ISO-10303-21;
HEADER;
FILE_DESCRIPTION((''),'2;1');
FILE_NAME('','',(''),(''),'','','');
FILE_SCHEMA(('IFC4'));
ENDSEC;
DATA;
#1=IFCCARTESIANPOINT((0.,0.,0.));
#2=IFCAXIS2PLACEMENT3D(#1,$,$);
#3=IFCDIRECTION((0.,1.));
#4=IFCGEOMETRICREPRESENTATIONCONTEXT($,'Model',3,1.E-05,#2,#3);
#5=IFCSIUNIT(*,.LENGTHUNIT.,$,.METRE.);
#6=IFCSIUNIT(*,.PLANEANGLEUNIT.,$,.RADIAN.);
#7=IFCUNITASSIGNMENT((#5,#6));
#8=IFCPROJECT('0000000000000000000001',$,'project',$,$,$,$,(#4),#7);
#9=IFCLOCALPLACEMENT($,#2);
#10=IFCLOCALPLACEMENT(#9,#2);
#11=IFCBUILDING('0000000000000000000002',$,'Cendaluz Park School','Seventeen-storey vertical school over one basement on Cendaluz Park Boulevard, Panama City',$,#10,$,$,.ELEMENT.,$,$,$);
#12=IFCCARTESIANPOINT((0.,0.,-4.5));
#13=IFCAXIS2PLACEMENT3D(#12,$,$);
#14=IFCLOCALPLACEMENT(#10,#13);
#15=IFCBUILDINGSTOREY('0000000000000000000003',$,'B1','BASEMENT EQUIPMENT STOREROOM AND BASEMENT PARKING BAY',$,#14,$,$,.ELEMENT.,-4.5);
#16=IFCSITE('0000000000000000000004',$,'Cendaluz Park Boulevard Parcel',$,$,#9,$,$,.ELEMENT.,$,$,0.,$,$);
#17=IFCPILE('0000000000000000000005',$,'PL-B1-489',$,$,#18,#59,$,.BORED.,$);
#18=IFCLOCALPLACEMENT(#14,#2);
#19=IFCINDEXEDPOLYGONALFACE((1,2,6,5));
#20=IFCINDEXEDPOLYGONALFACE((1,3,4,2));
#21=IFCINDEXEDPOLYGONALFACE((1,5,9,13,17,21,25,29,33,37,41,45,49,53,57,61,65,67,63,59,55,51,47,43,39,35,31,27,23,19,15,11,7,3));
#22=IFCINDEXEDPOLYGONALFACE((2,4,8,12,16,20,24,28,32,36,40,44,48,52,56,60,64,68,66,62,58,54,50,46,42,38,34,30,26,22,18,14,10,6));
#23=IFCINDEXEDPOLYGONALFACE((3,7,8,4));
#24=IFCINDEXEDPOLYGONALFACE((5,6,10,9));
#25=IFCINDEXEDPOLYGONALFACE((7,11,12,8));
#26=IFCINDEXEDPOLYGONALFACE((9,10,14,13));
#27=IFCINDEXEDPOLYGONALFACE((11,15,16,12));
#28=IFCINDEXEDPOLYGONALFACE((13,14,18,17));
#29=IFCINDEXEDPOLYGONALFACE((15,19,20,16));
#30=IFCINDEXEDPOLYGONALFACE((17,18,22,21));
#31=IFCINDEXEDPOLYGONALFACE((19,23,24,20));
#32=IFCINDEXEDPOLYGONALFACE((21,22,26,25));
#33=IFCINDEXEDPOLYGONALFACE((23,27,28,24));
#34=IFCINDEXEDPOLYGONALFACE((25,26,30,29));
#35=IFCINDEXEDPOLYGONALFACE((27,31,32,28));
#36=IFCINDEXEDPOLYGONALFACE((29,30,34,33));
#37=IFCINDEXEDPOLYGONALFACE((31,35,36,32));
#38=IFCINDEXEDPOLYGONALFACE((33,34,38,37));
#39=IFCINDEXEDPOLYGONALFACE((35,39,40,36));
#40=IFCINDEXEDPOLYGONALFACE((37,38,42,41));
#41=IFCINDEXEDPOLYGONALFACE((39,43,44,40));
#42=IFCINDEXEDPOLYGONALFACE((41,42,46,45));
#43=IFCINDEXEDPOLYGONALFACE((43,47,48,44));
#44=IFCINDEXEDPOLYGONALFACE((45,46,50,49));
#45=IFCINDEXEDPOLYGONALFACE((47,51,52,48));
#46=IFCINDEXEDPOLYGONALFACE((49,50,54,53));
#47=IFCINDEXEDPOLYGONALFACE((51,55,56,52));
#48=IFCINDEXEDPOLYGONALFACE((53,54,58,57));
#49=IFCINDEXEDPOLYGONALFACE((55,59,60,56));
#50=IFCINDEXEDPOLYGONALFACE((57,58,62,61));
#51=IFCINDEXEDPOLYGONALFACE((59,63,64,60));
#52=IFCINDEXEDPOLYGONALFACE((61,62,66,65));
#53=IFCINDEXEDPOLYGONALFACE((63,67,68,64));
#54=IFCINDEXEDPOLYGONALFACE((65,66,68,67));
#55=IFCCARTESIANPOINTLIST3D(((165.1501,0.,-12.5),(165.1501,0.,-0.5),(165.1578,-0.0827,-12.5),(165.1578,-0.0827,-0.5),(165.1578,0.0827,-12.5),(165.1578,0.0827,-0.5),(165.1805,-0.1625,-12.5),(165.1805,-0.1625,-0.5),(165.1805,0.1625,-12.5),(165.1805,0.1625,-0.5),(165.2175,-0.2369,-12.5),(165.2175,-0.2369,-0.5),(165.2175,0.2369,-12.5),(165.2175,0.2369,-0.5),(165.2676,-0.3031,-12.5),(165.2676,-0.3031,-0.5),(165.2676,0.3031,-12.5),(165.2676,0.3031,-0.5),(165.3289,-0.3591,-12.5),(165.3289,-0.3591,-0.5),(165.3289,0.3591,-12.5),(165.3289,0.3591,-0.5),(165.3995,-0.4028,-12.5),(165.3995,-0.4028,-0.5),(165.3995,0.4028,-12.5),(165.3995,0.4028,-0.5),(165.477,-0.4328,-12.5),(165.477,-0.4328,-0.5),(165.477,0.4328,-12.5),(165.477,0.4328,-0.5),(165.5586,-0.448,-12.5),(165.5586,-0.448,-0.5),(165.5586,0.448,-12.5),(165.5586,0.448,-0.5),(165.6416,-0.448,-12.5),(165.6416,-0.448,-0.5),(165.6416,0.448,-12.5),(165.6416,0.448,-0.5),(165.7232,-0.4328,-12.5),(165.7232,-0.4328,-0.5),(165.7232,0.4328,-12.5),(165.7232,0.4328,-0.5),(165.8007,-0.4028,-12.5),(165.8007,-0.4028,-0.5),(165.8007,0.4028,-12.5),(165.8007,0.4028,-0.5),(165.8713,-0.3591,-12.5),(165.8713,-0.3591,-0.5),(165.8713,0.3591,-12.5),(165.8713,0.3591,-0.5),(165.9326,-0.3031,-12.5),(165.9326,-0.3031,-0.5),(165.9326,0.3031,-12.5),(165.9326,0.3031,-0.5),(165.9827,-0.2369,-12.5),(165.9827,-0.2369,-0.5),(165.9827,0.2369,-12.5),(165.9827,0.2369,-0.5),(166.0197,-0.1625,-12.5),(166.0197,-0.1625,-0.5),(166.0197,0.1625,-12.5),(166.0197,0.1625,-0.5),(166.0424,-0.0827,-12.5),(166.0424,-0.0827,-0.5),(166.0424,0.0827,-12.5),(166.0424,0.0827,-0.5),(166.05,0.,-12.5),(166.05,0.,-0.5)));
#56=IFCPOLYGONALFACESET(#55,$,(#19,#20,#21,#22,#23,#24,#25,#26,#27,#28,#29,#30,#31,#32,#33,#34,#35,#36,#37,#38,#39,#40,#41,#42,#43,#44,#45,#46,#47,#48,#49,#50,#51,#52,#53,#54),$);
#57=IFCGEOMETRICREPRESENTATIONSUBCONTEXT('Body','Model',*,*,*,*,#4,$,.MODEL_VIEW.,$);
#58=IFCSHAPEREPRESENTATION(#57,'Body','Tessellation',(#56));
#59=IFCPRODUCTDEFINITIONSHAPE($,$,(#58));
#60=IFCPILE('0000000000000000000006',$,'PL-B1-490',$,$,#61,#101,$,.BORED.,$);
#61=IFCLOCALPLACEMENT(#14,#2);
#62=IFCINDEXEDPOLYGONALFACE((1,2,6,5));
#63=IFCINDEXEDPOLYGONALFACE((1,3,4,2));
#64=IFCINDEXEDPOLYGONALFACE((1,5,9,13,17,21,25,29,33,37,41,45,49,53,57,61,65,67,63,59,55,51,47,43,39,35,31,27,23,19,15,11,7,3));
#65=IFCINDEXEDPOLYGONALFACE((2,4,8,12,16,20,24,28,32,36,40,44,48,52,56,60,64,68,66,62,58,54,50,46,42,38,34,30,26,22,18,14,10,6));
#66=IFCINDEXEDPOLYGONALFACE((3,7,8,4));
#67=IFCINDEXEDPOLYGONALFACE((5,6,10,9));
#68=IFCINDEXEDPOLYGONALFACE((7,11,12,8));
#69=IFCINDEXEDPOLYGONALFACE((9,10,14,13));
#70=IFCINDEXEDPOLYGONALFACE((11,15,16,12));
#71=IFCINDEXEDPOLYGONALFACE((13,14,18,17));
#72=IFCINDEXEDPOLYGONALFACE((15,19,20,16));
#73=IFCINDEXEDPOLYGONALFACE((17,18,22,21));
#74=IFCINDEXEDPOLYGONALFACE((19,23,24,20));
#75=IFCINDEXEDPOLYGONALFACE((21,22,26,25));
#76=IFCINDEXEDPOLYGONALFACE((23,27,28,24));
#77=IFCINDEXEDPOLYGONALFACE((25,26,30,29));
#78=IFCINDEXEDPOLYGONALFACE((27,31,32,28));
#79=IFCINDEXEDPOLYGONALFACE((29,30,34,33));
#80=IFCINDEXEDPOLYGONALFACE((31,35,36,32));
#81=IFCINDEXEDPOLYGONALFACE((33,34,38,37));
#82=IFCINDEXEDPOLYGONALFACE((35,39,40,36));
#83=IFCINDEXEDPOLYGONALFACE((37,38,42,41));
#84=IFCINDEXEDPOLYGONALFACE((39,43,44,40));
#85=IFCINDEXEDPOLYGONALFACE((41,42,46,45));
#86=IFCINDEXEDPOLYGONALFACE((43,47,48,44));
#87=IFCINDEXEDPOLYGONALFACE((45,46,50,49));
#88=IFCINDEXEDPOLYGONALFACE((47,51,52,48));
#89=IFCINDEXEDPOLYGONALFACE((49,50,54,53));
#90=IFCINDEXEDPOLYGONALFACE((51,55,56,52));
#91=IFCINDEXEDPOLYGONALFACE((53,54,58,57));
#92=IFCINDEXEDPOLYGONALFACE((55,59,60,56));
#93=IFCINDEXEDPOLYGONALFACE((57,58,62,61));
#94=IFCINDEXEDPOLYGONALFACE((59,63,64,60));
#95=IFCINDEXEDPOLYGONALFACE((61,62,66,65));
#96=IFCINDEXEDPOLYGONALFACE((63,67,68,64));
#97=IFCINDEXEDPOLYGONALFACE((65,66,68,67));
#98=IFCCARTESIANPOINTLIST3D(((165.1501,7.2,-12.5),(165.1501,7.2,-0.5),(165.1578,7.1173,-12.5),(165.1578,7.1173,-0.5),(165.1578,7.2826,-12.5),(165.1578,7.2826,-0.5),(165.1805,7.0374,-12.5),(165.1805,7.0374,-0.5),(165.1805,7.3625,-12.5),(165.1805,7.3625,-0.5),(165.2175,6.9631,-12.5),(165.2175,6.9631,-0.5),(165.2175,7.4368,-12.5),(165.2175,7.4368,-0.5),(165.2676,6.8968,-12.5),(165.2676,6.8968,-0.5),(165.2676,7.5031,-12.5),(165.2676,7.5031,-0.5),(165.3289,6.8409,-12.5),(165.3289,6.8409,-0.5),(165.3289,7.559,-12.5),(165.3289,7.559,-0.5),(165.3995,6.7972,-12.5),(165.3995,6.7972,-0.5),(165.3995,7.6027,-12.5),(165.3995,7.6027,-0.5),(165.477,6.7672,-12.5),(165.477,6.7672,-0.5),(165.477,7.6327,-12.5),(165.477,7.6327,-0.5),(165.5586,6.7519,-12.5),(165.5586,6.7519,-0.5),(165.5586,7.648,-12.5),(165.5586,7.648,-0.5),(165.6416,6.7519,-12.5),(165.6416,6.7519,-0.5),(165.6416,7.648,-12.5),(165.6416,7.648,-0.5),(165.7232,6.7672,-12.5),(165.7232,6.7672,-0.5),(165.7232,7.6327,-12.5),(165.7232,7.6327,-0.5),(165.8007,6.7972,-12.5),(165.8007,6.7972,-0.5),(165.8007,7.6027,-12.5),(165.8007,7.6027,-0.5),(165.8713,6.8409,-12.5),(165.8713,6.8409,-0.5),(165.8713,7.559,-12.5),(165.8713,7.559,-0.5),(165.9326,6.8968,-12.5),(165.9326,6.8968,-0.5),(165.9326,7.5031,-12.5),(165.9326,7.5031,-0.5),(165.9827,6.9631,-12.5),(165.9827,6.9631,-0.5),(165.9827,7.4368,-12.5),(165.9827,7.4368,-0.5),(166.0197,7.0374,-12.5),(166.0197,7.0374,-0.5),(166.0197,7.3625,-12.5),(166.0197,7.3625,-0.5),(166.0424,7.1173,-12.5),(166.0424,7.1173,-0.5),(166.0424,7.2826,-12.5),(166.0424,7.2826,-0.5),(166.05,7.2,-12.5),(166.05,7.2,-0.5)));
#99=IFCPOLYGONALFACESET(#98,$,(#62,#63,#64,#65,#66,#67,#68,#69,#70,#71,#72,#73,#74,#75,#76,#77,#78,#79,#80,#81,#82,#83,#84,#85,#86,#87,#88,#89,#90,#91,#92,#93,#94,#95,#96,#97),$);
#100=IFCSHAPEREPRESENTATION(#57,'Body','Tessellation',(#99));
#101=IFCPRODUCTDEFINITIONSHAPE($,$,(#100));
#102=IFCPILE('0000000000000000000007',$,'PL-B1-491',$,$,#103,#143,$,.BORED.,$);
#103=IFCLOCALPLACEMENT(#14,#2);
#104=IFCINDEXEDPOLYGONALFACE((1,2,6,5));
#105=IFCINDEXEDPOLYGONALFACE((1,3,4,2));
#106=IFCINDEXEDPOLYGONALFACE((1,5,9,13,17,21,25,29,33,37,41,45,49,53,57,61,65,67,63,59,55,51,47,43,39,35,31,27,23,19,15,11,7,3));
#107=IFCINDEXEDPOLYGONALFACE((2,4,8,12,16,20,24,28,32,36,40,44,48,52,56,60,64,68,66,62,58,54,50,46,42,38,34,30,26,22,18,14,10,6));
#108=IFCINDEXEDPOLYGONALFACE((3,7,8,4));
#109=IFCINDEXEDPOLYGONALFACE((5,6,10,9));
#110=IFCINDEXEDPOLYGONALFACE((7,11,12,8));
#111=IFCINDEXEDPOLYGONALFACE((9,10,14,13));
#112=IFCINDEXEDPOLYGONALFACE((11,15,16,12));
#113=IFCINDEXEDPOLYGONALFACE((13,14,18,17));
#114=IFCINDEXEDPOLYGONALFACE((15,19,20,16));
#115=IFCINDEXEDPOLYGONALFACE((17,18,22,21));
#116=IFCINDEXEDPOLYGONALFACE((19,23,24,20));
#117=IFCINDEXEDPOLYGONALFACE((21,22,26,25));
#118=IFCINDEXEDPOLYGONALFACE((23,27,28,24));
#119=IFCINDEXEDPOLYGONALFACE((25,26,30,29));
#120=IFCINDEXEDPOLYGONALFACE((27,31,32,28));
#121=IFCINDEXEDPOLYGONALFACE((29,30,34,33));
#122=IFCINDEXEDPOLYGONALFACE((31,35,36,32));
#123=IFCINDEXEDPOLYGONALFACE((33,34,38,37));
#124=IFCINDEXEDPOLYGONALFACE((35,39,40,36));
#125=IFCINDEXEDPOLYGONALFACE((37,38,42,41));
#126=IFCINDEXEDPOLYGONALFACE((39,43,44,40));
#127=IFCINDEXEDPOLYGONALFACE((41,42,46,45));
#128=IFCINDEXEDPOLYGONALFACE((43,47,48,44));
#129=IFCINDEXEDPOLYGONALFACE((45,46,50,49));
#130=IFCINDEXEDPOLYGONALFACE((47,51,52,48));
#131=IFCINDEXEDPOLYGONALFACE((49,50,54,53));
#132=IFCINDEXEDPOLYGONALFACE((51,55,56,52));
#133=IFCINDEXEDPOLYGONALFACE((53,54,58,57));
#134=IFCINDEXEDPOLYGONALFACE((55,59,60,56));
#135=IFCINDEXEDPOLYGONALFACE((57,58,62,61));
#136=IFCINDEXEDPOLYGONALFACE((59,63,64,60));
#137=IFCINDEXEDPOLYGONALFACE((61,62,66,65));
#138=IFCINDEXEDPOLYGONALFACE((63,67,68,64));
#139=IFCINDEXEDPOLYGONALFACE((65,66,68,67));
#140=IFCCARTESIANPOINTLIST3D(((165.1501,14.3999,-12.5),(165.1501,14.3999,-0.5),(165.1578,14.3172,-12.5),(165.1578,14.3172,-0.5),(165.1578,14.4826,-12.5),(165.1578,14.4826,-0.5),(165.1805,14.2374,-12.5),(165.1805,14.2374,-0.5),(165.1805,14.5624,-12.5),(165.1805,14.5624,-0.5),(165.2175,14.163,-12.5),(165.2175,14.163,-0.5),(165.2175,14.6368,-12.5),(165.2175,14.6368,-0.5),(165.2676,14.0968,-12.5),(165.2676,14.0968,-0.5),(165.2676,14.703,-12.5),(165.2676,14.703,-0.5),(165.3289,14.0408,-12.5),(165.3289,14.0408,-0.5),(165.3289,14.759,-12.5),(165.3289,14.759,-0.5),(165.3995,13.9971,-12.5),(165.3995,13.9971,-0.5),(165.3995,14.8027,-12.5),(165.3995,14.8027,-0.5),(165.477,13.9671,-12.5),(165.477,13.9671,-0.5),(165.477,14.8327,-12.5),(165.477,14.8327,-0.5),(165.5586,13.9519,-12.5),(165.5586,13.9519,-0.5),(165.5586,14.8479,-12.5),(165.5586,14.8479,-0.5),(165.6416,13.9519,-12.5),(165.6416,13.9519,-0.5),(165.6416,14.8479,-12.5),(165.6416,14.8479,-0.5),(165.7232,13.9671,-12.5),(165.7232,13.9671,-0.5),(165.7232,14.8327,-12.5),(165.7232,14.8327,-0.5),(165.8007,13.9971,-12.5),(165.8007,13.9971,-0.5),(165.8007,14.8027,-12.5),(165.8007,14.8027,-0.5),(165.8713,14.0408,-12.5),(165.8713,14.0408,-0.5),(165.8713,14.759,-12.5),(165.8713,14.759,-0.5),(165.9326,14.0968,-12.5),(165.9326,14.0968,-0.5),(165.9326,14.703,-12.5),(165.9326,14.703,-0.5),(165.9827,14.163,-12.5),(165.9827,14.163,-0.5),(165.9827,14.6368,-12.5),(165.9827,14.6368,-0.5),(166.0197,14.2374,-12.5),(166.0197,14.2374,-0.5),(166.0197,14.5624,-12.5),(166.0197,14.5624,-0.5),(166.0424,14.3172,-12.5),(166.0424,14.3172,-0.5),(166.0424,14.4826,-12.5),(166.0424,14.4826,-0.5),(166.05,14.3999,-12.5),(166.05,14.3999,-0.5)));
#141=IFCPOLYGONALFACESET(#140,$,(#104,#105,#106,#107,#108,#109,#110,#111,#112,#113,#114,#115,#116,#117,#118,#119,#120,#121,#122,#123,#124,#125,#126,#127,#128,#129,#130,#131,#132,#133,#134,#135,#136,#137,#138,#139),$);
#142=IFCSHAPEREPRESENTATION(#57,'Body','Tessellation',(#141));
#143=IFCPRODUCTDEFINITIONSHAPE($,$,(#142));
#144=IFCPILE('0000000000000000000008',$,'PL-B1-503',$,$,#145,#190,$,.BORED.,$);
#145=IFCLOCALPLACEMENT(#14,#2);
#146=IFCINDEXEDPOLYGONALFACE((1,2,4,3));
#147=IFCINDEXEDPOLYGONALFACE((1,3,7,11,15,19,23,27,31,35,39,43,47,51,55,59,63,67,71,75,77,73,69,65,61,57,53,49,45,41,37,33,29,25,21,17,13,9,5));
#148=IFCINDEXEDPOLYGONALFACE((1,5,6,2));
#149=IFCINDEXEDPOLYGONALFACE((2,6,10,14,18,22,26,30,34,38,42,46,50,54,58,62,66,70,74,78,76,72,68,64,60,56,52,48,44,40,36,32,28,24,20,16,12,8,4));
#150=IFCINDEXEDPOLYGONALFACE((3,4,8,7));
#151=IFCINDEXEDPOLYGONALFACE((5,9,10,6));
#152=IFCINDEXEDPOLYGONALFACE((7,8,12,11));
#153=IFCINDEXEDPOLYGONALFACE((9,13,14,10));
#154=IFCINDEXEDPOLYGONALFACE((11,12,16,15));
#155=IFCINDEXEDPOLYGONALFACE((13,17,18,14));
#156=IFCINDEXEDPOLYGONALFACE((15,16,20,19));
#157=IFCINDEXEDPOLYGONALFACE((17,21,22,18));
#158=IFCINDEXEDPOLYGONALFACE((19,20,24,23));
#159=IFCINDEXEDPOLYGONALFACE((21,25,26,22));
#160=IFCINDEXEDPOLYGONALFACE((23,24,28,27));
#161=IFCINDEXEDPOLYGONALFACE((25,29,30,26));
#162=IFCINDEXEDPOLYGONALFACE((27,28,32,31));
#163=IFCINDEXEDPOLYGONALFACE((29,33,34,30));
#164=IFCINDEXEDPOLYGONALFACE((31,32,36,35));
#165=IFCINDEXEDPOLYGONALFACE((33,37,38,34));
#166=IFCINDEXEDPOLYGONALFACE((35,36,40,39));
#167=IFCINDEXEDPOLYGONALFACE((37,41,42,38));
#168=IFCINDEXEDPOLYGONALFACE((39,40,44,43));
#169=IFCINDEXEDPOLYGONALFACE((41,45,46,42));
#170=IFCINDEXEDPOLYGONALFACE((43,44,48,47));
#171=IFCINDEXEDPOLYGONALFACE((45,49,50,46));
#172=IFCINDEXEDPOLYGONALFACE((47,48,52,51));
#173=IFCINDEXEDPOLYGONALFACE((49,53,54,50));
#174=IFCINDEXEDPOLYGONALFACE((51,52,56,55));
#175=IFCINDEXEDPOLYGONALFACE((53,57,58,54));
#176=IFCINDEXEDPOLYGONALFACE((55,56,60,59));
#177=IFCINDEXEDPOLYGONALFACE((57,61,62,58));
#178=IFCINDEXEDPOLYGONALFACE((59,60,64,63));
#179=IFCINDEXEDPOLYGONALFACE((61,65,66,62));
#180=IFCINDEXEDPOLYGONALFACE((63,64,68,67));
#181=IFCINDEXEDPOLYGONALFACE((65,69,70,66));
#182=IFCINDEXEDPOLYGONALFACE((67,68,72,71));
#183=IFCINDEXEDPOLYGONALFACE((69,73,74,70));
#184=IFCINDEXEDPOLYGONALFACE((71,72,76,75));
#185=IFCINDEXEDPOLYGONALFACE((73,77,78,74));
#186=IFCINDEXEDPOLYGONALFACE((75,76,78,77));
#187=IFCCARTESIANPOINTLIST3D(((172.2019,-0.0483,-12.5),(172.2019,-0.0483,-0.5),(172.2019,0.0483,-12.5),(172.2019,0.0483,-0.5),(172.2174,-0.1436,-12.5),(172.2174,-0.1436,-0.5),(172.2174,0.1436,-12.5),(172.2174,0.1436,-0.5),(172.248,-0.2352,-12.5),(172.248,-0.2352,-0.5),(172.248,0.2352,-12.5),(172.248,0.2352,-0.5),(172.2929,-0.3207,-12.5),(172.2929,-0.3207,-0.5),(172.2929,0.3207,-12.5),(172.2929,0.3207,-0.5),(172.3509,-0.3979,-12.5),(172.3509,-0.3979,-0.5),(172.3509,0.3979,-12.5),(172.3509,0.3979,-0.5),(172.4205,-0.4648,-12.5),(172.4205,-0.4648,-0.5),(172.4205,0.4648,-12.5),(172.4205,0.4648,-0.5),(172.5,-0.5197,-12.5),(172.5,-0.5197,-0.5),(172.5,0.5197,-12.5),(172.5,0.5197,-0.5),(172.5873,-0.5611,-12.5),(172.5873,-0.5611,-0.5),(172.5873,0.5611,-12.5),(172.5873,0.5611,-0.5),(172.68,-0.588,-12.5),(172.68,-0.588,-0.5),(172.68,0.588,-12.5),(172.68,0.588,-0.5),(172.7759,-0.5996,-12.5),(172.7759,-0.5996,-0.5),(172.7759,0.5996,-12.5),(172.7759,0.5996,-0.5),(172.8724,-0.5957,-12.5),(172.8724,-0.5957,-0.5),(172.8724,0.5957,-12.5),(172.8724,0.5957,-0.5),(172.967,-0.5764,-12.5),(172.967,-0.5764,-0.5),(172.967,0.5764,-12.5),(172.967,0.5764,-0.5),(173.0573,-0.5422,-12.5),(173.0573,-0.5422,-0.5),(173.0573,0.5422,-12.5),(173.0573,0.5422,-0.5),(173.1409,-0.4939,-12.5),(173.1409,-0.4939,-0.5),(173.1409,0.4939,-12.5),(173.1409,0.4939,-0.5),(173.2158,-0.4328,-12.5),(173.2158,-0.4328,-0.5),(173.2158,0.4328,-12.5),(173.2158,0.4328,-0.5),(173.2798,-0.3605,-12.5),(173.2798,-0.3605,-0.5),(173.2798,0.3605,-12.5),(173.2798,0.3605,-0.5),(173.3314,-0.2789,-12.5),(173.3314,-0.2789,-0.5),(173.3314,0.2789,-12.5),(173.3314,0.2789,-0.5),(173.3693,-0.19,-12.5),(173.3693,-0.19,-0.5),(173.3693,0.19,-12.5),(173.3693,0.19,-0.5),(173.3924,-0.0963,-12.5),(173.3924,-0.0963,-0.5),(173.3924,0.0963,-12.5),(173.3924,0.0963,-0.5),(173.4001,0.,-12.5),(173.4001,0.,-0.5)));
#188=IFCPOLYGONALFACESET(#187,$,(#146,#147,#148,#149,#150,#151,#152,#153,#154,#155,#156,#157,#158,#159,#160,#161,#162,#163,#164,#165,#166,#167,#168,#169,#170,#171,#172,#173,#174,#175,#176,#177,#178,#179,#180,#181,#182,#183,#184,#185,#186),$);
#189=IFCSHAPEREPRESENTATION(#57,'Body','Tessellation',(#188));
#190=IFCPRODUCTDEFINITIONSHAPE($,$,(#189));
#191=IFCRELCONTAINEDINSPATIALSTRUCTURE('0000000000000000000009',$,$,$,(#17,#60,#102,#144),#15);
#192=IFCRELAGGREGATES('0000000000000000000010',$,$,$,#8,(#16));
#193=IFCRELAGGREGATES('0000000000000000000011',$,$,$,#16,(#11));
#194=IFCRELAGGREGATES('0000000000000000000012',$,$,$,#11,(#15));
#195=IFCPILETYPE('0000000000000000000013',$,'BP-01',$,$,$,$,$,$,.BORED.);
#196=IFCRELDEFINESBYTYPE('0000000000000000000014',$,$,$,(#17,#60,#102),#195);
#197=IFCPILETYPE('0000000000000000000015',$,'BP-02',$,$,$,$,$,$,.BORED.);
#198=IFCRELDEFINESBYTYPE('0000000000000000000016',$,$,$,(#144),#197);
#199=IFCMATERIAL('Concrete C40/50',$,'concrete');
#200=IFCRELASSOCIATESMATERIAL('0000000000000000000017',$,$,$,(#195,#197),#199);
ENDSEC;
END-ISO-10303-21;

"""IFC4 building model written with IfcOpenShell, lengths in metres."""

from ifc_helpers import new_model, si_unit, direction, frame, origin, origin_2d, place, context, subcontext, project, spatial, circle, extrude, material, material_profile, profile_set, type_object, element, save


model = new_model("IFC4")

# Units and contexts
model_context = context("Model", 3, precision=1e-05, world=origin(), true_north=direction((0.0, 1.0)))
body_context = subcontext(model_context, "Body", "Model", "MODEL_VIEW")
ifc_project = project(units=[si_unit("LENGTHUNIT", "METRE"), si_unit("PLANEANGLEUNIT", "RADIAN")], contexts=[model_context])

# Site, building, storey
site_placement = place(None, origin())
site = spatial("IfcSite", under=ifc_project, at=site_placement, Name="Cendaluz Park Boulevard Parcel", CompositionType="ELEMENT", RefElevation=0.0)
building_placement = place(site_placement, origin())
building = spatial("IfcBuilding", under=site, at=building_placement, Name="Cendaluz Park School", Description="Seventeen-storey vertical school over one basement on Cendaluz Park Boulevard, Panama City", CompositionType="ELEMENT")
storey_placement = place(building_placement, frame((0.0, 0.0, -4.5)))
storey = spatial("IfcBuildingStorey", under=building, at=storey_placement, Name="B1", Description="BASEMENT EQUIPMENT STOREROOM AND BASEMENT PARKING BAY", CompositionType="ELEMENT", Elevation=-4.5)

# Piles
ifc_material_1 = material(Name="Concrete C40/50", Category="concrete")
ifc_material_profile_1 = material_profile(ifc_material_1, circle(Radius=0.45, at=origin_2d()), Name="BP D900", Category="concrete")
ifc_profile_set_1 = profile_set([ifc_material_profile_1], Name="Concrete C40/50")
pile_type_1 = type_object("IfcPileType", Name="BP-01", PredefinedType="BORED", material=ifc_profile_set_1)
for number, where, z_axis, x_axis, name in (
    (1, (165.6001, 0.0, -0.5), (0.0, 0.0, -1.0), (1.0, 0.0, 0.0), "PL-B1-489"),
    (2, (165.6001, 7.2, -0.5), (0.0, 0.0, -1.0), (1.0, 0.0, 0.0), "PL-B1-490"),
    (3, (165.6001, 14.3999, -0.5), (0.0, 0.0, -1.0), (1.0, 0.0, 0.0), "PL-B1-491"),
):
    element("IfcPile", number, at=place(storey_placement, frame(where, z_axis=z_axis, x_axis=x_axis)), inside=storey, type_object=pile_type_1, Name=name, PredefinedType="BORED", context=body_context, shape_type="SweptSolid", body=[
        extrude(circle(Radius=0.45, at=origin_2d()), origin(), (0.0, 0.0, 1.0), 12.0),
    ])
ifc_material_profile_2 = material_profile(ifc_material_1, circle(Radius=0.6001, at=origin_2d()), Name="BP D1200", Category="concrete")
ifc_profile_set_2 = profile_set([ifc_material_profile_2], Name="Concrete C40/50")
pile_type_2 = type_object("IfcPileType", Name="BP-02", PredefinedType="BORED", material=ifc_profile_set_2)
for number, where, z_axis, x_axis, name in (
    (4, (172.8, 0.0, -0.5), (0.0, 0.0, -1.0), (1.0, 0.0, 0.0), "PL-B1-503"),
):
    element("IfcPile", number, at=place(storey_placement, frame(where, z_axis=z_axis, x_axis=x_axis)), inside=storey, type_object=pile_type_2, Name=name, PredefinedType="BORED", context=body_context, shape_type="SweptSolid", body=[
        extrude(circle(Radius=0.6001, at=origin_2d()), origin(), (0.0, 0.0, 1.0), 12.0),
    ])

save(model, "model.ifc")
